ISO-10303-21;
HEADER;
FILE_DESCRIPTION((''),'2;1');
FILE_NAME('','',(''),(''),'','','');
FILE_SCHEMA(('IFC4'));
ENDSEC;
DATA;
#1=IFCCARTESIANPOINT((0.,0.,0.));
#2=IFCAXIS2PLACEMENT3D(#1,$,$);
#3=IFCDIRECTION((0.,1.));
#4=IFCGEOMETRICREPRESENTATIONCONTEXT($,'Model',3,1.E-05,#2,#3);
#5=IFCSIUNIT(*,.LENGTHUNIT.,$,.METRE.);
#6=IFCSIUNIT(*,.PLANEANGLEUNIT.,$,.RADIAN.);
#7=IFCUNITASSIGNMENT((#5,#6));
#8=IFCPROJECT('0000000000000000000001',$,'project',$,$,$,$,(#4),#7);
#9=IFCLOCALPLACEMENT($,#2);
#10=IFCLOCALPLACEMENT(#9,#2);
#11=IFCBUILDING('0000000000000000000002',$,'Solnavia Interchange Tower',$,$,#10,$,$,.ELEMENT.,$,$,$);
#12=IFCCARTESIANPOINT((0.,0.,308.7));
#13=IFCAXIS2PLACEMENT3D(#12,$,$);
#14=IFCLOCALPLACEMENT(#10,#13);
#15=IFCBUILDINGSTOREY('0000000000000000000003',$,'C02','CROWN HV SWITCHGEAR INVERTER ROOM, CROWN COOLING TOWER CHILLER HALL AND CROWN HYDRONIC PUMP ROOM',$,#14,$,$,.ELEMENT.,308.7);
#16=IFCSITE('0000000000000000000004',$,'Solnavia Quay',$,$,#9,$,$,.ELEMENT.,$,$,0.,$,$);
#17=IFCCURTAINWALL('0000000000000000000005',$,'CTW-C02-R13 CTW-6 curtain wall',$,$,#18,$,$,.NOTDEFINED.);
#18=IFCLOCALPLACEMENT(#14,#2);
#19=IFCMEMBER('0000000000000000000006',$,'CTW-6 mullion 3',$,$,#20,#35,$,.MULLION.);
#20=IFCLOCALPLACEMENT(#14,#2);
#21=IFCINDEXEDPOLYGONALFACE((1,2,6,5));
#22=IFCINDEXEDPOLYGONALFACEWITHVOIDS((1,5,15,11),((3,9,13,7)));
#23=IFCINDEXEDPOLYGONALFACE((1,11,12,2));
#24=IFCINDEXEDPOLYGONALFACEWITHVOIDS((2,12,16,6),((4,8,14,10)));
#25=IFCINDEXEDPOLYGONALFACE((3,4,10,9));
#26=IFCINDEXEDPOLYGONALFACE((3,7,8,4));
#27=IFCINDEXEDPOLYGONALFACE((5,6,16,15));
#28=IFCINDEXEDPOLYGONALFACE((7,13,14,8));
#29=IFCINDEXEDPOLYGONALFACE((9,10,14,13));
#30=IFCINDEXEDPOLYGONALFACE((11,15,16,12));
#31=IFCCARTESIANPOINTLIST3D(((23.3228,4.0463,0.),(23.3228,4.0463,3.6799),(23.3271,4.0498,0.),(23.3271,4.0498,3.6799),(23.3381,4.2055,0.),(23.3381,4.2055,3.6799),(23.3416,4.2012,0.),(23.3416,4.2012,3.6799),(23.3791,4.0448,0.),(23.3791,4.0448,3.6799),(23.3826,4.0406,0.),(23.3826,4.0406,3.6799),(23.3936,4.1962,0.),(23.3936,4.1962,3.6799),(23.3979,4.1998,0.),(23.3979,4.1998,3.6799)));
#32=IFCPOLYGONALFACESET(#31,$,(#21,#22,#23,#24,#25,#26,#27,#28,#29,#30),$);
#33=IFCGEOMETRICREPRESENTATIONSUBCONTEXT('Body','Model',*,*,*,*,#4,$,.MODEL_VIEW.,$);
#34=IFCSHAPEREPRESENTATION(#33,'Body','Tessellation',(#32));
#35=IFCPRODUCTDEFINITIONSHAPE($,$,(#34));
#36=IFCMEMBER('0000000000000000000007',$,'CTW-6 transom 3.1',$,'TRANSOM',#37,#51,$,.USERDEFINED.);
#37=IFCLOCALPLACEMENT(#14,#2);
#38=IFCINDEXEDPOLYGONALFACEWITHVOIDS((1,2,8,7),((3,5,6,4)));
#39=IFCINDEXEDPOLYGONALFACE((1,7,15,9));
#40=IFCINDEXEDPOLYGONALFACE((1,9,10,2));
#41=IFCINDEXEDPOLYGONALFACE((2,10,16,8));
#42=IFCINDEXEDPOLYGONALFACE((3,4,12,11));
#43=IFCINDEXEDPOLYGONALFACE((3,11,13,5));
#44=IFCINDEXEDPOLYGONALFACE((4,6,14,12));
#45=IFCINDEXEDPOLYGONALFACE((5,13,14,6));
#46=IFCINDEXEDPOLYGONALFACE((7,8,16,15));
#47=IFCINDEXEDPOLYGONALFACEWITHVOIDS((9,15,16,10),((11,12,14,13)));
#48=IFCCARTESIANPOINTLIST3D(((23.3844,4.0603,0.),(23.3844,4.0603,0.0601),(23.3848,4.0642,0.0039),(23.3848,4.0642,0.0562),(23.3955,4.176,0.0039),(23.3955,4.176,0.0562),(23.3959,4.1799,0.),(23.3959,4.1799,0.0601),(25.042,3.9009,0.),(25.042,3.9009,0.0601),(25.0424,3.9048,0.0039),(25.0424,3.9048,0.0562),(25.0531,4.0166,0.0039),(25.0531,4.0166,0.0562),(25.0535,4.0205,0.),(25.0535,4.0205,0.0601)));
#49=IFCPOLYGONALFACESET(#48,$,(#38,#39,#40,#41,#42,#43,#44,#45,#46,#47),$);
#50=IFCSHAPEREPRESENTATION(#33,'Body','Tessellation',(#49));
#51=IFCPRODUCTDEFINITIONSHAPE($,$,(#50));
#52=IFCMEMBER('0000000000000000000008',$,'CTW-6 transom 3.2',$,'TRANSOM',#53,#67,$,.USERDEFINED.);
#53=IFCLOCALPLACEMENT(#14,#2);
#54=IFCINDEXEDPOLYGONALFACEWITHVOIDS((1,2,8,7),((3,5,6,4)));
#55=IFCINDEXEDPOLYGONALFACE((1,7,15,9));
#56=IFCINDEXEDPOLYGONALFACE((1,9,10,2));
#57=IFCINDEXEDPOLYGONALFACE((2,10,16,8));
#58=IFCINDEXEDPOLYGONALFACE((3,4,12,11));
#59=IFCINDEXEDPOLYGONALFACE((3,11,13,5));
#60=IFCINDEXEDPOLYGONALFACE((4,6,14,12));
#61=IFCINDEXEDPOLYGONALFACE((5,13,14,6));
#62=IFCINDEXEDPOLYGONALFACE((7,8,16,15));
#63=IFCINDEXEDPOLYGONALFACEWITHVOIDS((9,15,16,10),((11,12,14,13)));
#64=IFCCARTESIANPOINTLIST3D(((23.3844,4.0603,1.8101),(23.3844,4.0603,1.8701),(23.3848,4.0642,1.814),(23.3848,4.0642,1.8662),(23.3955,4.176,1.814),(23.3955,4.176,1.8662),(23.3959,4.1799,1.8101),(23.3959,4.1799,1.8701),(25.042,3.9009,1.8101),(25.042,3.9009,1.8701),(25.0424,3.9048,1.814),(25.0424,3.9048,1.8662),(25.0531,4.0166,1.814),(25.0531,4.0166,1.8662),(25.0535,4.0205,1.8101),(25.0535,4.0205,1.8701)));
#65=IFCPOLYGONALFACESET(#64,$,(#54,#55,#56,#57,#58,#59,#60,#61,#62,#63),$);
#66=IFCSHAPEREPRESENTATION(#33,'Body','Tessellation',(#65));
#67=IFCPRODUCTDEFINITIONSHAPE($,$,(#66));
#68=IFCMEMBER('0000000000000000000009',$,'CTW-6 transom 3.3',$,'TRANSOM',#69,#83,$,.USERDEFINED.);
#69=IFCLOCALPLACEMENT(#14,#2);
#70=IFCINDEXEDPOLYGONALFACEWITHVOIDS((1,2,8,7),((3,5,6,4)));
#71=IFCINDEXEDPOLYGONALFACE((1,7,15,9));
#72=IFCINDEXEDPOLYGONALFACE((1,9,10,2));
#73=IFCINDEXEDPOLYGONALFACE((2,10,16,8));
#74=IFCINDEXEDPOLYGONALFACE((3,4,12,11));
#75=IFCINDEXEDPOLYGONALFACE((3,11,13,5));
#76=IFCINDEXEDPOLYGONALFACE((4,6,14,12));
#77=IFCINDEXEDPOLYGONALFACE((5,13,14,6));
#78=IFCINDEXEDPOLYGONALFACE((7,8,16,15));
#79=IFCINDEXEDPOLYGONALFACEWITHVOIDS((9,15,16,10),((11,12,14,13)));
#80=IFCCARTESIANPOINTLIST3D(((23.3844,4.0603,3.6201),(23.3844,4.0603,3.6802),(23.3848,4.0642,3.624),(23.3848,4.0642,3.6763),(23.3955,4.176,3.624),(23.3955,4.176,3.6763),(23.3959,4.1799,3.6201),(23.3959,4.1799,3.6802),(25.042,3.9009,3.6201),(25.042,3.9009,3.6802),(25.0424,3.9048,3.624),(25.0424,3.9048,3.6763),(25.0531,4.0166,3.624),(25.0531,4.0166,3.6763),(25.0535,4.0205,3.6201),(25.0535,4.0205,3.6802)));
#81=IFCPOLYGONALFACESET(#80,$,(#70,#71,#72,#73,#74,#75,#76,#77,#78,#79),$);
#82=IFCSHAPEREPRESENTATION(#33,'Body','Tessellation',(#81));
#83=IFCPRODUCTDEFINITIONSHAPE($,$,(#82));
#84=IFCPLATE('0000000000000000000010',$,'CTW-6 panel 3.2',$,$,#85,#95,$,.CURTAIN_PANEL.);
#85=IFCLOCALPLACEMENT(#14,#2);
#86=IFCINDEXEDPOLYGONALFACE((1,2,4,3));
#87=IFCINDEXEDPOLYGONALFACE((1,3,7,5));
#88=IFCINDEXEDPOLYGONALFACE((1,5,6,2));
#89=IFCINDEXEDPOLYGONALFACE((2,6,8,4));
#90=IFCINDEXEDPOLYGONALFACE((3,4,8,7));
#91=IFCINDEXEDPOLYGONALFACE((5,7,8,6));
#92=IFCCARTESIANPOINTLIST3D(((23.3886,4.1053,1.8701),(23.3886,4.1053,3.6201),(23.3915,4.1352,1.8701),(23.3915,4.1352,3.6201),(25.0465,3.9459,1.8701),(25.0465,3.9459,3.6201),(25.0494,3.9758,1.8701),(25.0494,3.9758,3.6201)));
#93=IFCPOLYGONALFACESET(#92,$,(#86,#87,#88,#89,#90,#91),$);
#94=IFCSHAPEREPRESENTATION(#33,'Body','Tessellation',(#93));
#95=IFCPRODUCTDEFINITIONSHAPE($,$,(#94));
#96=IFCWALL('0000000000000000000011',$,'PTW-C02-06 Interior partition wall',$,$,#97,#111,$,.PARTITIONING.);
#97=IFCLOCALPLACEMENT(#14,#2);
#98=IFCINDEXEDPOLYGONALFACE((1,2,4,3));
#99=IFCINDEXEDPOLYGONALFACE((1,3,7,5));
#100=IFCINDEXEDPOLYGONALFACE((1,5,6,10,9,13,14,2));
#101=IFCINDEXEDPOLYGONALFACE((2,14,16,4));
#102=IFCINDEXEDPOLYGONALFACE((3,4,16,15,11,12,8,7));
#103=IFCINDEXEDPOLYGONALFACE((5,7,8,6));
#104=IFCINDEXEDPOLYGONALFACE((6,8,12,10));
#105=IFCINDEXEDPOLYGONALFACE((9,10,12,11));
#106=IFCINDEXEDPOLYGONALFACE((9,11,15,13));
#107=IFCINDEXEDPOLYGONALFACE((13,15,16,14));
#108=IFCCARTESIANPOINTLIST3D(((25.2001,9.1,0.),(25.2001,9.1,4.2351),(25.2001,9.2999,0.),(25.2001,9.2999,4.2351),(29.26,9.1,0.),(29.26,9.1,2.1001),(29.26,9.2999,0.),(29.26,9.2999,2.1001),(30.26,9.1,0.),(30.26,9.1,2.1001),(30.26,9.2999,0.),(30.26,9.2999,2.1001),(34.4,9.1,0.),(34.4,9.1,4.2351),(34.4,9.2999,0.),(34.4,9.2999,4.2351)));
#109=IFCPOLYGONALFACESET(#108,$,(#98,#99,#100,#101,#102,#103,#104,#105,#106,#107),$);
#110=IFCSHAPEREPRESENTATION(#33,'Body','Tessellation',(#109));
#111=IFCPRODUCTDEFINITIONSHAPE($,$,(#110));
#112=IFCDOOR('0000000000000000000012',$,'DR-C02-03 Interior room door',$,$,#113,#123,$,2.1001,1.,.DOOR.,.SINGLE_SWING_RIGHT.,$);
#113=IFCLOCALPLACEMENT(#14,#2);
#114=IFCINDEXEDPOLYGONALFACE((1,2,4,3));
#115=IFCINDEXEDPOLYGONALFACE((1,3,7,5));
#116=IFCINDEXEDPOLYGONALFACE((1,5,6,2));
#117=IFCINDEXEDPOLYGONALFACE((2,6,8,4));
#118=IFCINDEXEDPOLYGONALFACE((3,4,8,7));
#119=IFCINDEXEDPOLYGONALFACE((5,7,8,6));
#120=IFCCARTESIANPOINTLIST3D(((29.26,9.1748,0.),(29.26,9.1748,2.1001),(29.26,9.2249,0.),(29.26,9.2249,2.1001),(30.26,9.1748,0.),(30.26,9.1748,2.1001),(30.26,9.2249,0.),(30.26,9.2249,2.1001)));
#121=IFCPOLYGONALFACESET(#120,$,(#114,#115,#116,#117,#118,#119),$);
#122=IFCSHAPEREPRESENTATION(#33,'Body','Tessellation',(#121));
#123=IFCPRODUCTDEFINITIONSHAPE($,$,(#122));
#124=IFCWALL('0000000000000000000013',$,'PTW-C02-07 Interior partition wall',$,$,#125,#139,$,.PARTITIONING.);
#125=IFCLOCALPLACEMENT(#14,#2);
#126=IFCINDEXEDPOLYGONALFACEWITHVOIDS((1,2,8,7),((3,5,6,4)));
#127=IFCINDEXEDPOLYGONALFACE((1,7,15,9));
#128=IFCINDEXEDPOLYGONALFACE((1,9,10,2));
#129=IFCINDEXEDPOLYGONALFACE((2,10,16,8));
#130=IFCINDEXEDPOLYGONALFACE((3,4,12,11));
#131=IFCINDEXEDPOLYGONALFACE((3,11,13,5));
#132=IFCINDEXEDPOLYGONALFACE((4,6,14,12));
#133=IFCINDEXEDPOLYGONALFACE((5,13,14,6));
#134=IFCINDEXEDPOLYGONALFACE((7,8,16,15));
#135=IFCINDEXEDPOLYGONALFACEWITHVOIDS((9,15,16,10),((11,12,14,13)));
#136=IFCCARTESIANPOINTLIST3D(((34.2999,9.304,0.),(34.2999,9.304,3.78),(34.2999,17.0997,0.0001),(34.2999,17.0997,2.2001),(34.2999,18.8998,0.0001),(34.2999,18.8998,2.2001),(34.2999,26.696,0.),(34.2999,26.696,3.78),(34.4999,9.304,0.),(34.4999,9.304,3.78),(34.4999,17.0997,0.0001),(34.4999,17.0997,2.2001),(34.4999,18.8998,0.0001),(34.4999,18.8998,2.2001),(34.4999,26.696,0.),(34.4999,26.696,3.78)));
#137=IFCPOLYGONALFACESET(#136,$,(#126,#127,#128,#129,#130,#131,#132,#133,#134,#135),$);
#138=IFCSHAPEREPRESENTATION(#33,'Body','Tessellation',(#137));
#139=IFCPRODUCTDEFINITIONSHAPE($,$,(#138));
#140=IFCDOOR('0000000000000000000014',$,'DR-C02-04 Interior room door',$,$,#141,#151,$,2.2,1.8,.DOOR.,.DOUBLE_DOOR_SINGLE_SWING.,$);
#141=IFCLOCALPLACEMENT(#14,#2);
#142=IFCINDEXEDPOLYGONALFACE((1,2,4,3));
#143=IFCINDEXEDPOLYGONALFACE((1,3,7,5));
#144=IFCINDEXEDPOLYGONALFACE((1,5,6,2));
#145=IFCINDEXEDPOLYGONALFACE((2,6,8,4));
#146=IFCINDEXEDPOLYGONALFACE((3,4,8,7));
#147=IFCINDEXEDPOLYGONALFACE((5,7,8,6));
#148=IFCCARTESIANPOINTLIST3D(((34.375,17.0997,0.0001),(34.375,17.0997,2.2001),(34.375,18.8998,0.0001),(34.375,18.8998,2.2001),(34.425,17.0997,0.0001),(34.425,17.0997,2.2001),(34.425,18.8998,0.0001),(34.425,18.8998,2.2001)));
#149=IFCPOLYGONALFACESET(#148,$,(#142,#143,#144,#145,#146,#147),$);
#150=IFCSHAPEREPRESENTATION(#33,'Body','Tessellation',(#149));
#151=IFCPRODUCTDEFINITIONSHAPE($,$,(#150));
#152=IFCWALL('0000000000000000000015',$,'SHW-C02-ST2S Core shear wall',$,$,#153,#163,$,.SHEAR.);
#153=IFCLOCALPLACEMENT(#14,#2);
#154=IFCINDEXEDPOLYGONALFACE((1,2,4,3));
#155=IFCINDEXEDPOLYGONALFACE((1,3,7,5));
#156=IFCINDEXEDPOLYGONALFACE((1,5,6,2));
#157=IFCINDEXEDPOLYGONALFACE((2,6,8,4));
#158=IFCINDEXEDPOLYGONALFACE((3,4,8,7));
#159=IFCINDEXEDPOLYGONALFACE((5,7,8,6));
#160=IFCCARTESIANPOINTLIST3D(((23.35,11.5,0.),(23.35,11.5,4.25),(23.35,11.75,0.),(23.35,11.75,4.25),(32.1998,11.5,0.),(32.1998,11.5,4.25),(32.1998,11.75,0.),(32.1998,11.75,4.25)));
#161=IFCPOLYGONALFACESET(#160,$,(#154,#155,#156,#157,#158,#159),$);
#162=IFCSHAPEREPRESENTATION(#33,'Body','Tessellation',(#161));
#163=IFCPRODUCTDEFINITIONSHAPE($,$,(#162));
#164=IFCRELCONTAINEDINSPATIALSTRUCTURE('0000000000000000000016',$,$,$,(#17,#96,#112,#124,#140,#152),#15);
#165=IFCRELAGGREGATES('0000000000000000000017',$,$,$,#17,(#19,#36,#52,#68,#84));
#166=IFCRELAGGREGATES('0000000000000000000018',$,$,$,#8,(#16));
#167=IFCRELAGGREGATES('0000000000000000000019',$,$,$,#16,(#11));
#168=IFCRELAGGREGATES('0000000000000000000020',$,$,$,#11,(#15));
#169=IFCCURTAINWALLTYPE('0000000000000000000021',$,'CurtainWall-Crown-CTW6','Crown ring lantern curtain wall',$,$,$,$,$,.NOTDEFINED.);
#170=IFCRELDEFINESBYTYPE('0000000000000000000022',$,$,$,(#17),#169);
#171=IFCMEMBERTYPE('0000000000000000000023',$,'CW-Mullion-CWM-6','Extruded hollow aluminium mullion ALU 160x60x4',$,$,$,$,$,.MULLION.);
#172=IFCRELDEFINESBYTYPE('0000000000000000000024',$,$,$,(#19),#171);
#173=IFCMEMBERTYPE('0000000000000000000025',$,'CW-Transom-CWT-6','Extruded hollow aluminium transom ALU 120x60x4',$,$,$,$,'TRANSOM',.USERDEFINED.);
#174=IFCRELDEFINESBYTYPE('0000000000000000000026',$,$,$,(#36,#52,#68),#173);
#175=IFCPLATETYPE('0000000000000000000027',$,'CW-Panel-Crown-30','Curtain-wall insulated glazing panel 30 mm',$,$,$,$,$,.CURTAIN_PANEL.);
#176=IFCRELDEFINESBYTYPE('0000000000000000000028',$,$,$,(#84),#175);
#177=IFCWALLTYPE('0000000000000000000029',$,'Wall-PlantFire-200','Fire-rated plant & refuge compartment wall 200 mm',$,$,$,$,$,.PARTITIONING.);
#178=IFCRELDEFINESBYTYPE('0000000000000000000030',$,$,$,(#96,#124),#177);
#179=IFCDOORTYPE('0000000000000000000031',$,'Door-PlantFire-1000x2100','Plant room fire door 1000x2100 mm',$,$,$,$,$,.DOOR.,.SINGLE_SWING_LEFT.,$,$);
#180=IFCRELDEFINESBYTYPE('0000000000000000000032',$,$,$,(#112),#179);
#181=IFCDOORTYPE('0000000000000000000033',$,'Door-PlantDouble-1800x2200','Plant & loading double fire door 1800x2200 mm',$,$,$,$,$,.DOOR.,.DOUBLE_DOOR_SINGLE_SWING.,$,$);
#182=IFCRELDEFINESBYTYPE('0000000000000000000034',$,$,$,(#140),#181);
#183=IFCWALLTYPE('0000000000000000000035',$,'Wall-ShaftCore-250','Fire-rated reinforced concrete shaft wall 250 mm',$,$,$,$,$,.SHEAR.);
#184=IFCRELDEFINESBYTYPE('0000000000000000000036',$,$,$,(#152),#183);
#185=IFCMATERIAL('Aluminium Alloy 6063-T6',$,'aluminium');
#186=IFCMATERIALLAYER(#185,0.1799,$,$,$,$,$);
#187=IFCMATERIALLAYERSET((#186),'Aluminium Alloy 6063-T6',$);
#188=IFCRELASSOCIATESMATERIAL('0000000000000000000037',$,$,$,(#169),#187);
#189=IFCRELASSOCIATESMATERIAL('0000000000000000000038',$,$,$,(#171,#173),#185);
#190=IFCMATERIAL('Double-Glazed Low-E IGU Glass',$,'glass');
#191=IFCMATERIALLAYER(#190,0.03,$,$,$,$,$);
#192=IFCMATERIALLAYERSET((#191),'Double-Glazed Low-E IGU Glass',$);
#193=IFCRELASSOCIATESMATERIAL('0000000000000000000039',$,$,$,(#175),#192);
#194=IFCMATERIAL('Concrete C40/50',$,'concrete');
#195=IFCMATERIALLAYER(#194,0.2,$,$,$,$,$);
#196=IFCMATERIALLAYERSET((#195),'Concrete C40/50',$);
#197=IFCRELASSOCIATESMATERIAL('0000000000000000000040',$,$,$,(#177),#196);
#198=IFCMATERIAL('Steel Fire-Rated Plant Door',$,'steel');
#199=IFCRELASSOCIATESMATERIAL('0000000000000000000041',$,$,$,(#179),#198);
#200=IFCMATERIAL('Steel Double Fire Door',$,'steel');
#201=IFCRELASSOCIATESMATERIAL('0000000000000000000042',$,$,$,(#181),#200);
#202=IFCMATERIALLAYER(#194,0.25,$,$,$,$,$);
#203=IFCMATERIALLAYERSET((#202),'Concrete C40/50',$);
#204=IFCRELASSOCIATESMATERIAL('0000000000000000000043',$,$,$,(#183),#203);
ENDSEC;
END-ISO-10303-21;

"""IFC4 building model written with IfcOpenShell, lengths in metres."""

from ifc_helpers import new_model, si_unit, direction, frame, frame_2d, origin, origin_2d, place, context, subcontext, project, spatial, rectangle, hollow_rectangle, extrude, material, layer, layer_set, material_profile, profile_set, type_object, element, fill, aggregate, save


model = new_model("IFC4")

# Units and contexts
model_context = context("Model", 3, precision=1e-05, world=origin(), true_north=direction((0.0, 1.0)))
body_context = subcontext(model_context, "Body", "Model", "MODEL_VIEW")
ifc_project = project(units=[si_unit("LENGTHUNIT", "METRE"), si_unit("PLANEANGLEUNIT", "RADIAN")], contexts=[model_context])

# Site, building, storey
site_placement = place(None, origin())
site = spatial("IfcSite", under=ifc_project, at=site_placement, Name="Solnavia Quay", CompositionType="ELEMENT", RefElevation=0.0)
building_placement = place(site_placement, origin())
building = spatial("IfcBuilding", under=site, at=building_placement, Name="Solnavia Interchange Tower", CompositionType="ELEMENT")
storey_placement = place(building_placement, frame((0.0, 0.0, 308.7)))
storey = spatial("IfcBuildingStorey", under=building, at=storey_placement, Name="C02", Description="CROWN HV SWITCHGEAR INVERTER ROOM, CROWN COOLING TOWER CHILLER HALL AND CROWN HYDRONIC PUMP ROOM", CompositionType="ELEMENT", Elevation=308.7)

# Curtain wall, members, plate
ifc_material_1 = material(Name="Aluminium Alloy 6063-T6", Category="aluminium")
ifc_layer_1 = layer(ifc_material_1, 0.1799)
ifc_layer_set_1 = layer_set([ifc_layer_1], Name="Aluminium Alloy 6063-T6")
curtain_wall_type = type_object("IfcCurtainWallType", Name="CurtainWall-Crown-CTW6", Description="Crown ring lantern curtain wall", PredefinedType="NOTDEFINED", material=ifc_layer_set_1)
curtain_wall_placement = place(storey_placement, origin())
curtain_wall = element("IfcCurtainWall", 1, at=curtain_wall_placement, inside=storey, type_object=curtain_wall_type, Name="CTW-C02-R13 CTW-6 curtain wall", PredefinedType="NOTDEFINED")
ifc_material_profile_1 = material_profile(ifc_material_1, hollow_rectangle(XDim=0.0601, YDim=0.1599, WallThickness=0.0039, at=origin_2d()), Name="ALU 160x60x4")
ifc_profile_set_1 = profile_set([ifc_material_profile_1], Name="Aluminium Alloy 6063-T6")
member_type_1 = type_object("IfcMemberType", Name="CW-Mullion-CWM-6", Description="Extruded hollow aluminium mullion ALU 160x60x4", PredefinedType="MULLION", material=ifc_profile_set_1)
member_1_placement = place(storey_placement, frame((23.3604, 4.123, 0.0), z_axis=(0.0, 0.0, 1.0), x_axis=(0.995408, -0.09572, 0.0)))
member_1 = element("IfcMember", 2, at=member_1_placement, type_object=member_type_1, Name="CTW-6 mullion 3", PredefinedType="MULLION", context=body_context, shape_type="SweptSolid", body=[
    extrude(hollow_rectangle(XDim=0.0601, YDim=0.1599, WallThickness=0.0039, at=origin_2d()), origin(), (0.0, 0.0, 1.0), 3.6799),
])
ifc_material_profile_2 = material_profile(ifc_material_1, hollow_rectangle(XDim=0.0601, YDim=0.1201, WallThickness=0.0039, at=origin_2d()), Name="ALU 120x60x4")
ifc_profile_set_2 = profile_set([ifc_material_profile_2], Name="Aluminium Alloy 6063-T6")
member_type_2 = type_object("IfcMemberType", Name="CW-Transom-CWT-6", Description="Extruded hollow aluminium transom ALU 120x60x4", ElementType="TRANSOM", PredefinedType="USERDEFINED", material=ifc_profile_set_2)
member_2_placement = place(storey_placement, frame((23.3901, 4.1201, 0.03), z_axis=(0.995407, -0.095729, 0.0), x_axis=(0.0, 0.0, 1.0)))
member_2 = element("IfcMember", 3, at=member_2_placement, type_object=member_type_2, Name="CTW-6 transom 3.1", ObjectType="TRANSOM", PredefinedType="USERDEFINED", context=body_context, shape_type="SweptSolid", body=[
    extrude(hollow_rectangle(XDim=0.0601, YDim=0.1201, WallThickness=0.0039, at=origin_2d()), origin(), (0.0, 0.0, 1.0), 1.6653),
])
member_3_placement = place(storey_placement, frame((23.3901, 4.1201, 1.8401), z_axis=(0.995407, -0.095729, 0.0), x_axis=(0.0, 0.0, 1.0)))
member_3 = element("IfcMember", 4, at=member_3_placement, type_object=member_type_2, Name="CTW-6 transom 3.2", ObjectType="TRANSOM", PredefinedType="USERDEFINED", context=body_context, shape_type="SweptSolid", body=[
    extrude(hollow_rectangle(XDim=0.0601, YDim=0.1201, WallThickness=0.0039, at=origin_2d()), origin(), (0.0, 0.0, 1.0), 1.6653),
])
member_4_placement = place(storey_placement, frame((23.3901, 4.1201, 3.6501), z_axis=(0.995407, -0.095729, 0.0), x_axis=(0.0, 0.0, 1.0)))
member_4 = element("IfcMember", 5, at=member_4_placement, type_object=member_type_2, Name="CTW-6 transom 3.3", ObjectType="TRANSOM", PredefinedType="USERDEFINED", context=body_context, shape_type="SweptSolid", body=[
    extrude(hollow_rectangle(XDim=0.0601, YDim=0.1201, WallThickness=0.0039, at=origin_2d()), origin(), (0.0, 0.0, 1.0), 1.6653),
])
ifc_material_2 = material(Name="Double-Glazed Low-E IGU Glass", Category="glass")
ifc_layer_2 = layer(ifc_material_2, 0.03)
ifc_layer_set_2 = layer_set([ifc_layer_2], Name="Double-Glazed Low-E IGU Glass")
plate_type = type_object("IfcPlateType", Name="CW-Panel-Crown-30", Description="Curtain-wall insulated glazing panel 30 mm", PredefinedType="CURTAIN_PANEL", material=ifc_layer_set_2)
plate_placement = place(storey_placement, frame((24.219, 4.0405, 1.8701), z_axis=(0.0, 0.0, 1.0), x_axis=(0.995408, -0.09572, 0.0)))
plate = element("IfcPlate", 6, at=plate_placement, type_object=plate_type, Name="CTW-6 panel 3.2", PredefinedType="CURTAIN_PANEL", context=body_context, shape_type="SweptSolid", body=[
    extrude(rectangle(XDim=1.6655, YDim=0.03, at=origin_2d()), origin(), (0.0, 0.0, 1.0), 1.75),
])
aggregate(curtain_wall, [member_1, member_2, member_3, member_4, plate])

# Walls, openings, doors
ifc_material_3 = material(Name="Concrete C40/50", Category="concrete")
ifc_layer_3 = layer(ifc_material_3, 0.2)
ifc_layer_set_3 = layer_set([ifc_layer_3], Name="Concrete C40/50")
wall_type_1 = type_object("IfcWallType", Name="Wall-PlantFire-200", Description="Fire-rated plant & refuge compartment wall 200 mm", PredefinedType="PARTITIONING", material=ifc_layer_set_3)
wall_1_placement = place(storey_placement, frame((25.2, 9.2, 0.0), z_axis=(0.0, 0.0, 1.0), x_axis=(1.0, 0.0, 0.0)))
wall_1 = element("IfcWall", 7, at=wall_1_placement, inside=storey, type_object=wall_type_1, Name="PTW-C02-06 Interior partition wall", PredefinedType="PARTITIONING", context=body_context, shape_type="SweptSolid", body=[
    extrude(rectangle(XDim=9.2, YDim=0.2, at=frame_2d((4.6001, 0.0))), origin(), (0.0, 0.0, 1.0), 4.2351),
])
opening_1_placement = place(wall_1_placement, frame((4.0601, 0.0, 0.0)))
opening_1 = element("IfcOpeningElement", 8, at=opening_1_placement, cuts=wall_1, PredefinedType="OPENING", context=body_context, shape_type="SweptSolid", body=[
    extrude(rectangle(XDim=1.0, YDim=2.1001, at=frame_2d((0.5, 1.05))), frame((0.0, 0.1099, 0.0), z_axis=(0.0, -1.0, 0.0), x_axis=(1.0, 0.0, 0.0)), (0.0, 0.0, 1.0), 0.22),
])
ifc_material_4 = material(Name="Steel Fire-Rated Plant Door", Category="steel")
door_type_1 = type_object("IfcDoorType", Name="Door-PlantFire-1000x2100", Description="Plant room fire door 1000x2100 mm", OperationType="SINGLE_SWING_LEFT", PredefinedType="DOOR", material=ifc_material_4)
door_1_placement = place(opening_1_placement, origin())
door_1 = element("IfcDoor", 9, at=door_1_placement, inside=storey, type_object=door_type_1, Name="DR-C02-03 Interior room door", OperationType="SINGLE_SWING_RIGHT", OverallHeight=2.1001, OverallWidth=1.0, PredefinedType="DOOR", context=body_context, shape_type="SweptSolid", body=[
    extrude(rectangle(XDim=1.0, YDim=2.1001, at=frame_2d((0.5, 1.05))), frame((0.0, 0.0249, 0.0), z_axis=(0.0, -1.0, 0.0), x_axis=(1.0, 0.0, 0.0)), (0.0, 0.0, 1.0), 0.05),
])
fill(opening_1, door_1)
wall_2_placement = place(storey_placement, frame((34.3999, 9.304, 0.0), z_axis=(0.0, 0.0, 1.0), x_axis=(0.0, 1.0, 0.0)))
wall_2 = element("IfcWall", 10, at=wall_2_placement, inside=storey, type_object=wall_type_1, Name="PTW-C02-07 Interior partition wall", PredefinedType="PARTITIONING", context=body_context, shape_type="SweptSolid", body=[
    extrude(rectangle(XDim=17.3921, YDim=0.2, at=frame_2d((8.696, 0.0))), origin(), (0.0, 0.0, 1.0), 3.78),
])
opening_2_placement = place(wall_2_placement, frame((7.7959, 0.0, 0.0)))
opening_2 = element("IfcOpeningElement", 11, at=opening_2_placement, cuts=wall_2, PredefinedType="OPENING", context=body_context, shape_type="SweptSolid", body=[
    extrude(rectangle(XDim=1.8, YDim=2.2, at=frame_2d((0.8999, 1.1001))), frame((0.0, 0.1099, 0.0), z_axis=(0.0, -1.0, 0.0), x_axis=(1.0, 0.0, 0.0)), (0.0, 0.0, 1.0), 0.22),
])
ifc_material_5 = material(Name="Steel Double Fire Door", Category="steel")
door_type_2 = type_object("IfcDoorType", Name="Door-PlantDouble-1800x2200", Description="Plant & loading double fire door 1800x2200 mm", OperationType="DOUBLE_DOOR_SINGLE_SWING", PredefinedType="DOOR", material=ifc_material_5)
door_2_placement = place(opening_2_placement, origin())
door_2 = element("IfcDoor", 12, at=door_2_placement, inside=storey, type_object=door_type_2, Name="DR-C02-04 Interior room door", OperationType="DOUBLE_DOOR_SINGLE_SWING", OverallHeight=2.2, OverallWidth=1.8, PredefinedType="DOOR", context=body_context, shape_type="SweptSolid", body=[
    extrude(rectangle(XDim=1.8, YDim=2.2, at=frame_2d((0.8999, 1.1001))), frame((0.0, 0.0249, 0.0), z_axis=(0.0, -1.0, 0.0), x_axis=(1.0, 0.0, 0.0)), (0.0, 0.0, 1.0), 0.05),
])
fill(opening_2, door_2)

# Wall
ifc_layer_4 = layer(ifc_material_3, 0.25)
ifc_layer_set_4 = layer_set([ifc_layer_4], Name="Concrete C40/50")
wall_type_2 = type_object("IfcWallType", Name="Wall-ShaftCore-250", Description="Fire-rated reinforced concrete shaft wall 250 mm", PredefinedType="SHEAR", material=ifc_layer_set_4)
wall_3_placement = place(storey_placement, frame((23.3501, 11.625, 0.0), z_axis=(0.0, 0.0, 1.0), x_axis=(1.0, 0.0, 0.0)))
element("IfcWall", 13, at=wall_3_placement, inside=storey, type_object=wall_type_2, Name="SHW-C02-ST2S Core shear wall", PredefinedType="SHEAR", context=body_context, shape_type="SweptSolid", body=[
    extrude(rectangle(XDim=8.8499, YDim=0.25, at=frame_2d((4.4248, 0.0))), origin(), (0.0, 0.0, 1.0), 4.25),
])

save(model, "model.ifc")
